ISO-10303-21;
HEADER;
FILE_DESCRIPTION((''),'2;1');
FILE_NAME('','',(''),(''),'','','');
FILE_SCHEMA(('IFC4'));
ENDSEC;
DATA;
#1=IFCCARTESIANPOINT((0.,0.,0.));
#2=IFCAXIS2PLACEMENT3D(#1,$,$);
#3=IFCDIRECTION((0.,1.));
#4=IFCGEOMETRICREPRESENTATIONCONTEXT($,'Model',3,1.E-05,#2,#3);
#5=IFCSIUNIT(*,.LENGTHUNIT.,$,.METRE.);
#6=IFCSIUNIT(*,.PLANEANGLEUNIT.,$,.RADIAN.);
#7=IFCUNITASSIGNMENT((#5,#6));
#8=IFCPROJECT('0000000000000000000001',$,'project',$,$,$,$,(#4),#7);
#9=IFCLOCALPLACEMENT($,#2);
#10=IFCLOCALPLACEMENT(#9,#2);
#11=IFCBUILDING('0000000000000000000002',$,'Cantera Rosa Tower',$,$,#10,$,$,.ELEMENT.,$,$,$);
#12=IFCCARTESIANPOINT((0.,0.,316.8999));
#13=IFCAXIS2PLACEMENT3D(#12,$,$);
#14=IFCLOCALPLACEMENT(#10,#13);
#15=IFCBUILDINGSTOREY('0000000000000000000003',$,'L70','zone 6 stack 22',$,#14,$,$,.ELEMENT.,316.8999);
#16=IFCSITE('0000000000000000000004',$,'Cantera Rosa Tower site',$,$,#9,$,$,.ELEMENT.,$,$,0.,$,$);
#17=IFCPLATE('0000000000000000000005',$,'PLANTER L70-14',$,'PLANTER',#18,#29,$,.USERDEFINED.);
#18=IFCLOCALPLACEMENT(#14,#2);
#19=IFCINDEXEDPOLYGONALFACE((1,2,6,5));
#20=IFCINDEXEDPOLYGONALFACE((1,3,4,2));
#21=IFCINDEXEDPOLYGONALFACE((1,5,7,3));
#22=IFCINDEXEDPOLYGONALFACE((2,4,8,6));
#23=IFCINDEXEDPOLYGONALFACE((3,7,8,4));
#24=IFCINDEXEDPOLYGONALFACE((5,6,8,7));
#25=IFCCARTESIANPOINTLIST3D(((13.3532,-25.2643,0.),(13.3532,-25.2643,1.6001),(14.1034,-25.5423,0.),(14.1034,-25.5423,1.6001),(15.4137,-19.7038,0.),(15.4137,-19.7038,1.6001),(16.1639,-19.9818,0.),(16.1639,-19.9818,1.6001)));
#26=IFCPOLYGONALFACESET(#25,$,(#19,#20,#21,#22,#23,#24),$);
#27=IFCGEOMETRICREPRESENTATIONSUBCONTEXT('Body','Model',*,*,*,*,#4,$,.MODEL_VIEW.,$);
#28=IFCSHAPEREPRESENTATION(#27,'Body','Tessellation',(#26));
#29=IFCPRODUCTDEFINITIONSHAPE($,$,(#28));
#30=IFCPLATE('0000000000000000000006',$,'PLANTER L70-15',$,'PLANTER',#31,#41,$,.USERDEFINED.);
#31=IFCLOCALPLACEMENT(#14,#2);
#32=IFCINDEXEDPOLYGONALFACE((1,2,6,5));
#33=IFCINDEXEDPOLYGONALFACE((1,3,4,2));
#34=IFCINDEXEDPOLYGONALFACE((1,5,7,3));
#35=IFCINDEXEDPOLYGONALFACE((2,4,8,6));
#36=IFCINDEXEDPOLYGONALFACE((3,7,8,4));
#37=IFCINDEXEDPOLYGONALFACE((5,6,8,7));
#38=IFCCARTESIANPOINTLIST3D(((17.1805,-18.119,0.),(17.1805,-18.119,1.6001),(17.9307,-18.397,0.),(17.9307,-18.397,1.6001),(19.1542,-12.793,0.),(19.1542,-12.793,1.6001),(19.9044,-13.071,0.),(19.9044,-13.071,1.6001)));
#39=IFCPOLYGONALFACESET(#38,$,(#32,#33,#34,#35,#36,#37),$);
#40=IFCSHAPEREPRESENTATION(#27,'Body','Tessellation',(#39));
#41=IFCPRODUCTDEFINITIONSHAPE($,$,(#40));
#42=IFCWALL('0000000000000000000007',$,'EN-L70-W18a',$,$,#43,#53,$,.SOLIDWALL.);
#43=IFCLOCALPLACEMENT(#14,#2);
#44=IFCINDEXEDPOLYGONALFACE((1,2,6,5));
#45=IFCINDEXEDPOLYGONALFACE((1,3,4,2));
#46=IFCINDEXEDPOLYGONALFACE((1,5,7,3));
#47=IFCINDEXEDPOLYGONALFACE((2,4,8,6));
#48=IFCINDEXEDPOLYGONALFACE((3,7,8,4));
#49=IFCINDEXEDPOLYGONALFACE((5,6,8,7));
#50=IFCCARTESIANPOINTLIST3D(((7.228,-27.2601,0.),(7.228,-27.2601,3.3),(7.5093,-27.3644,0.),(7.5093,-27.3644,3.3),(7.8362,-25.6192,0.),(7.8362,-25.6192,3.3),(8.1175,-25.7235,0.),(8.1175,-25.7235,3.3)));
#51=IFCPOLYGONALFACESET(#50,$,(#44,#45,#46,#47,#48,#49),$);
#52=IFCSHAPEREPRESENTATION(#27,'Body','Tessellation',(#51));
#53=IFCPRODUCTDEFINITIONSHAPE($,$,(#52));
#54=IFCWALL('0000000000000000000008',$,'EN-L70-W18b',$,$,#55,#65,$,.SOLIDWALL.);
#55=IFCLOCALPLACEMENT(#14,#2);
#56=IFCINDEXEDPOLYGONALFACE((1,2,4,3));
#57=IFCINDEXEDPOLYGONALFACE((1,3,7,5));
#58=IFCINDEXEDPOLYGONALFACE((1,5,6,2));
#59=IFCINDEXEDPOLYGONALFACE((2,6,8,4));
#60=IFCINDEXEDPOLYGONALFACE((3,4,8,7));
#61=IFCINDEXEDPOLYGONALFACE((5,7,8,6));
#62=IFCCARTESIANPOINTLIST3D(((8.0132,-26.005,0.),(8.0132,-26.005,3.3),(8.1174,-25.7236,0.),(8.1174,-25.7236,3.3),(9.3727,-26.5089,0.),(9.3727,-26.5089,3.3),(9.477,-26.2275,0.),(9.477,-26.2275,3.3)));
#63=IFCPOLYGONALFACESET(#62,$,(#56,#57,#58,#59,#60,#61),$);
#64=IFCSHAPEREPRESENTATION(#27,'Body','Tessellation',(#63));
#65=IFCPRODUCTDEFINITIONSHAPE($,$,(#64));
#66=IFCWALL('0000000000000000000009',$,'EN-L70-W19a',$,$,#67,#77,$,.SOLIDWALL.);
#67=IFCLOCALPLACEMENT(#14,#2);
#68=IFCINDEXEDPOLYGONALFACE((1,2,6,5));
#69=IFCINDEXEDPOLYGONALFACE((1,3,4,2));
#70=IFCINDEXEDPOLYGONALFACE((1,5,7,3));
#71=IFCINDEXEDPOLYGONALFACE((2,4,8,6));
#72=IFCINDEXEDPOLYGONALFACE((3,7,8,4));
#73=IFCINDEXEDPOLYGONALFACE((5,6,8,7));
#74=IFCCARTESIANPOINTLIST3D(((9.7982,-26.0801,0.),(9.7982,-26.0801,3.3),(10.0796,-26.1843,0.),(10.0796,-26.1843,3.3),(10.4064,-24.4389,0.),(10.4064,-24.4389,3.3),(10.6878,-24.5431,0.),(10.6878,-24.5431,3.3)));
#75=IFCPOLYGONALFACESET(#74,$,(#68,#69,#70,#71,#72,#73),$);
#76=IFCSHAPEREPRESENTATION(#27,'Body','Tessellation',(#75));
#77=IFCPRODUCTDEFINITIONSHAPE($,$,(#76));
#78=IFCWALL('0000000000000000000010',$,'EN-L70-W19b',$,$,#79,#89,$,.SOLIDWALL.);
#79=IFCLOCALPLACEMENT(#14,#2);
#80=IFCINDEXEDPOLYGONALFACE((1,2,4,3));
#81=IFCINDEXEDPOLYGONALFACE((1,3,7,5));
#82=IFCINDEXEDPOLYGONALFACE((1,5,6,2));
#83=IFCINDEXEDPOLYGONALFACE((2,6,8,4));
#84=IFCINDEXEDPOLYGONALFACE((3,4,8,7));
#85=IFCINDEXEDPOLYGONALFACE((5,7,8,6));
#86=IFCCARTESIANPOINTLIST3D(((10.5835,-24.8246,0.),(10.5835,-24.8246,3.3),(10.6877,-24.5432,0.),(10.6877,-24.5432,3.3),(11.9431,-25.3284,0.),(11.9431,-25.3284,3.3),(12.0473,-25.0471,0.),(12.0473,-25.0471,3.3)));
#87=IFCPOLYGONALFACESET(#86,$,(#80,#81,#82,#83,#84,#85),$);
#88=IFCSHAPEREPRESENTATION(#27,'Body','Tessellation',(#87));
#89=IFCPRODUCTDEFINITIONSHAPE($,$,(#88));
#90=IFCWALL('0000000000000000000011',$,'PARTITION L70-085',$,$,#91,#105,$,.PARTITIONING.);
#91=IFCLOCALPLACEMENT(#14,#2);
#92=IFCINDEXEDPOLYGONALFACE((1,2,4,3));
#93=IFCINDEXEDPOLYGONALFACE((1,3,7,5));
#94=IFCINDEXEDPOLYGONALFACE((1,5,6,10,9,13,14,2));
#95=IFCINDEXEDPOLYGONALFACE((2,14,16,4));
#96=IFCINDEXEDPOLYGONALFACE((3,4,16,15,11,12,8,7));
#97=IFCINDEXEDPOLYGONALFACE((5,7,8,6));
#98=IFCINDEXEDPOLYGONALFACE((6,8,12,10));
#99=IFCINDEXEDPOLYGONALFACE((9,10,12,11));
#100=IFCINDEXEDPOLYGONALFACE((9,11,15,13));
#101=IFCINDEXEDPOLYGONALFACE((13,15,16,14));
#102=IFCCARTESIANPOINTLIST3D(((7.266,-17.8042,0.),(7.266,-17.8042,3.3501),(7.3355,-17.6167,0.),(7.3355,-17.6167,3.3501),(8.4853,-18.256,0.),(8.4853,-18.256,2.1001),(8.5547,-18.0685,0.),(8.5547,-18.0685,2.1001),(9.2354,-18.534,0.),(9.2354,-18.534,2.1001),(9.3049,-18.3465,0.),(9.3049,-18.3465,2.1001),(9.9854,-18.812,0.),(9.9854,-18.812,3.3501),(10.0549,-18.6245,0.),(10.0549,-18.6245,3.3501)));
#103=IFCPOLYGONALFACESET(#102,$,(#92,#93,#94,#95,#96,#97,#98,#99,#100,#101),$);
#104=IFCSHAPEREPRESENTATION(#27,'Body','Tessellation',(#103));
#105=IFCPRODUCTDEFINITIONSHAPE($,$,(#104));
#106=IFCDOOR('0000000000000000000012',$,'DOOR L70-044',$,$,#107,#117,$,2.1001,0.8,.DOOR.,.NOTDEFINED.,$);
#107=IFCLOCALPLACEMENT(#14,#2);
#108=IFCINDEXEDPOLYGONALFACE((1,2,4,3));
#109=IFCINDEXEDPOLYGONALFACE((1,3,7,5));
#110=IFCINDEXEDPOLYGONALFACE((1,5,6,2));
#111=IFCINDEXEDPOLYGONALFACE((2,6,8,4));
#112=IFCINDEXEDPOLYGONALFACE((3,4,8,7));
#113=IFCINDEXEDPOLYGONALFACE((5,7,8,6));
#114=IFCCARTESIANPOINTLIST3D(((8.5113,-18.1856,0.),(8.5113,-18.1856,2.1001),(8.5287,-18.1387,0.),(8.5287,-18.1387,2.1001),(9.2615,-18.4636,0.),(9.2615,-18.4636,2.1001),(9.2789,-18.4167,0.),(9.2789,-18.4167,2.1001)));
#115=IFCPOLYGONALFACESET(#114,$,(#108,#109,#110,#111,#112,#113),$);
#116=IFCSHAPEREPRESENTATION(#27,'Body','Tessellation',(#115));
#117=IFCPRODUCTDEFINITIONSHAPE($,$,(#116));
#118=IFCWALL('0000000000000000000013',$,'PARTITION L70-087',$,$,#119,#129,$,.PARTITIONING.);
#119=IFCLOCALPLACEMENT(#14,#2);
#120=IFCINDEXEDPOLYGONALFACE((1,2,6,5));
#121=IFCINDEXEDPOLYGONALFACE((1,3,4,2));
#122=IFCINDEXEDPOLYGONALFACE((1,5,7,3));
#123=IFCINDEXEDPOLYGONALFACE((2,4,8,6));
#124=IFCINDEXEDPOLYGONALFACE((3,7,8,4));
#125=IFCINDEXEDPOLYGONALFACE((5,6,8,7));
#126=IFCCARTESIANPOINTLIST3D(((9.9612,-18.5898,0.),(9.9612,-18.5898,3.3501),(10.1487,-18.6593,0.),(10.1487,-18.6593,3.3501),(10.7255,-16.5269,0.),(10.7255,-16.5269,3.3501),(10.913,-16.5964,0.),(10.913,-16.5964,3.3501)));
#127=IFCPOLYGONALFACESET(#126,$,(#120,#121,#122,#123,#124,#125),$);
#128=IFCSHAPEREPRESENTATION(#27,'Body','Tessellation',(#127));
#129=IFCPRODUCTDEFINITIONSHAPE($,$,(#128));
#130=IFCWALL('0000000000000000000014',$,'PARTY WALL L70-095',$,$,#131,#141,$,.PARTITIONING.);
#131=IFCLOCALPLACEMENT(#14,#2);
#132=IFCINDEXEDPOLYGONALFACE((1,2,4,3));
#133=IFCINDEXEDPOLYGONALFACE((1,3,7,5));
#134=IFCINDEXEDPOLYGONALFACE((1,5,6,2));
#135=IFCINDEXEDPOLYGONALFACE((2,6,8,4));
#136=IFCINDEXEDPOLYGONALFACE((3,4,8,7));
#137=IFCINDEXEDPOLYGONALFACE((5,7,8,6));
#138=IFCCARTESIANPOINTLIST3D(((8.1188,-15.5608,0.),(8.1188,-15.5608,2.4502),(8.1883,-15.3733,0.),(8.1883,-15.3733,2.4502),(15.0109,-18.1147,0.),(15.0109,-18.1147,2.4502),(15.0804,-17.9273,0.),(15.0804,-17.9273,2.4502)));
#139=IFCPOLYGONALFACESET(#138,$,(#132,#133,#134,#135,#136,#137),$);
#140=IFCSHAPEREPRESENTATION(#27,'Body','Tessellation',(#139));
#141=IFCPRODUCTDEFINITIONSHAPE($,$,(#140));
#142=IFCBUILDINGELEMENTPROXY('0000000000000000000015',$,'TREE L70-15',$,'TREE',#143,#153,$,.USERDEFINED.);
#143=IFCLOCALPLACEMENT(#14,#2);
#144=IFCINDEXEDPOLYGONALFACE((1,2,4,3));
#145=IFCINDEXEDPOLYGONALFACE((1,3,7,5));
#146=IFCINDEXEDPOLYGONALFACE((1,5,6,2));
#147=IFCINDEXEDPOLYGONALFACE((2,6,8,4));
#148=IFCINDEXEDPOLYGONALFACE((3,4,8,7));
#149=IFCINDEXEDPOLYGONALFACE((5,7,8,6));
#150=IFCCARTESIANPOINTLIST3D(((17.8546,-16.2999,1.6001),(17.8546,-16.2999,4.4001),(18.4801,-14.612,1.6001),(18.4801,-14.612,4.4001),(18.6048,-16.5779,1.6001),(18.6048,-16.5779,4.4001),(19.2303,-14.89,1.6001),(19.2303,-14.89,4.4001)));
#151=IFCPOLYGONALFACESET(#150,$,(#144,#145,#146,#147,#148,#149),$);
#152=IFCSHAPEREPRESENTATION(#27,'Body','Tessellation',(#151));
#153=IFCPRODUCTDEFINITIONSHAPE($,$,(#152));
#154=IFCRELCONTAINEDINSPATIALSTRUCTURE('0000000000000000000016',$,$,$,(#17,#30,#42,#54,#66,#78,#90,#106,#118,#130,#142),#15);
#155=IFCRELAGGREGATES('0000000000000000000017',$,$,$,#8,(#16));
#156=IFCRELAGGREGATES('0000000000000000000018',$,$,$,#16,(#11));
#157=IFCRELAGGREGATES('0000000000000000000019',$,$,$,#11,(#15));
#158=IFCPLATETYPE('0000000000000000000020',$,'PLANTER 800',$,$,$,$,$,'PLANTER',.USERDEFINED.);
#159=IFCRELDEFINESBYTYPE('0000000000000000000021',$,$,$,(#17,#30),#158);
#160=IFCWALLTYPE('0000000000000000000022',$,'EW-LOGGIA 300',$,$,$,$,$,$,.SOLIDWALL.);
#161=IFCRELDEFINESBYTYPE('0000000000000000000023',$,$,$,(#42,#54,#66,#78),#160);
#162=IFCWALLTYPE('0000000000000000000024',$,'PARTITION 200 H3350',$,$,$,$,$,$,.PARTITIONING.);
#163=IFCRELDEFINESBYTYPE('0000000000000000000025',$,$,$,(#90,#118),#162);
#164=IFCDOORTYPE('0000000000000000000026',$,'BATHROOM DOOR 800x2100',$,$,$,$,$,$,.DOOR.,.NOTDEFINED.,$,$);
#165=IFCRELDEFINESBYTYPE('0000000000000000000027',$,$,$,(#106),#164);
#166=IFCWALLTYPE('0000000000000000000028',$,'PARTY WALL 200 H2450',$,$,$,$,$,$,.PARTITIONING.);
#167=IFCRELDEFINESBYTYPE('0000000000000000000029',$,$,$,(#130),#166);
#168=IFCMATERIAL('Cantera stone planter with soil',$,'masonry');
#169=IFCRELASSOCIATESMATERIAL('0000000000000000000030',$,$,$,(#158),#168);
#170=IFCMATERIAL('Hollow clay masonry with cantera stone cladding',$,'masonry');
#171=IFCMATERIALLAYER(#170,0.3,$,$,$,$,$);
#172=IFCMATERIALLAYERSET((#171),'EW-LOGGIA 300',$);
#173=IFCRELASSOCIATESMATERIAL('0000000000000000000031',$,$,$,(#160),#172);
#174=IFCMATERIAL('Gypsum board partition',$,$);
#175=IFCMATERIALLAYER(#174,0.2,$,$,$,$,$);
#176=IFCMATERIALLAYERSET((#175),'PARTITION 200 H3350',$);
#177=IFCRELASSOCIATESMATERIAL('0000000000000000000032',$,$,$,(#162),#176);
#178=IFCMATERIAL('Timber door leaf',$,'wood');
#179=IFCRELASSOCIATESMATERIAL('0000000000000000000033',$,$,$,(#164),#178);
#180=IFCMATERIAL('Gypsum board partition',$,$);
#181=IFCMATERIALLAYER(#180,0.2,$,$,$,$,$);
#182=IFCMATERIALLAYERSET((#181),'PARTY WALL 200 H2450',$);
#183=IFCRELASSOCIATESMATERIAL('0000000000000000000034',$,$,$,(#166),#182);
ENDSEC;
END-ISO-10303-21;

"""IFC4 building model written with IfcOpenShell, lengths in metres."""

from ifc_helpers import new_model, si_unit, direction, frame, frame_2d, origin, origin_2d, place, context, subcontext, project, spatial, rectangle, extrude, material, layer, layer_set, type_object, element, fill, save


model = new_model("IFC4")

# Units and contexts
model_context = context("Model", 3, precision=1e-05, world=origin(), true_north=direction((0.0, 1.0)))
body_context = subcontext(model_context, "Body", "Model", "MODEL_VIEW")
ifc_project = project(units=[si_unit("LENGTHUNIT", "METRE"), si_unit("PLANEANGLEUNIT", "RADIAN")], contexts=[model_context])

# Site, building, storey
site_placement = place(None, origin())
site = spatial("IfcSite", under=ifc_project, at=site_placement, Name="Cantera Rosa Tower site", CompositionType="ELEMENT", RefElevation=0.0)
building_placement = place(site_placement, origin())
building = spatial("IfcBuilding", under=site, at=building_placement, Name="Cantera Rosa Tower", CompositionType="ELEMENT")
storey_placement = place(building_placement, frame((0.0, 0.0, 316.8999)))
storey = spatial("IfcBuildingStorey", under=building, at=storey_placement, Name="L70", Description="zone 6 stack 22", CompositionType="ELEMENT", Elevation=316.8999)

# Plates
ifc_material_1 = material(Name="Cantera stone planter with soil", Category="masonry")
plate_type = type_object("IfcPlateType", Name="PLANTER 800", ElementType="PLANTER", PredefinedType="USERDEFINED", material=ifc_material_1)
plate_1_placement = place(storey_placement, frame((14.7585, -22.623, 0.0), z_axis=(0.0, 0.0, 1.0), x_axis=(0.347481, 0.937687, 0.0)))
element("IfcPlate", 1, at=plate_1_placement, inside=storey, type_object=plate_type, Name="PLANTER L70-14", ObjectType="PLANTER", PredefinedType="USERDEFINED", context=body_context, shape_type="SweptSolid", body=[
    extrude(rectangle(XDim=5.9299, YDim=0.8, at=origin_2d()), origin(), (0.0, 0.0, 1.0), 1.6001),
])
plate_2_placement = place(storey_placement, frame((18.5425, -15.595, 0.0), z_axis=(0.0, 0.0, 1.0), x_axis=(0.347481, 0.937687, 0.0)))
element("IfcPlate", 2, at=plate_2_placement, inside=storey, type_object=plate_type, Name="PLANTER L70-15", ObjectType="PLANTER", PredefinedType="USERDEFINED", context=body_context, shape_type="SweptSolid", body=[
    extrude(rectangle(XDim=5.6799, YDim=0.8, at=origin_2d()), origin(), (0.0, 0.0, 1.0), 1.6001),
])

# Walls
ifc_material_2 = material(Name="Hollow clay masonry with cantera stone cladding", Category="masonry")
ifc_layer_1 = layer(ifc_material_2, 0.3)
ifc_layer_set_1 = layer_set([ifc_layer_1], Name="EW-LOGGIA 300")
wall_type_1 = type_object("IfcWallType", Name="EW-LOGGIA 300", PredefinedType="SOLIDWALL", material=ifc_layer_set_1)
wall_1_placement = place(storey_placement, frame((7.3687, -27.3123, 0.0), z_axis=(0.0, 0.0, 1.0), x_axis=(0.347528, 0.93767, 0.0)))
element("IfcWall", 3, at=wall_1_placement, inside=storey, type_object=wall_type_1, Name="EN-L70-W18a", PredefinedType="SOLIDWALL", context=body_context, shape_type="SweptSolid", body=[
    extrude(rectangle(XDim=1.75, YDim=0.3, at=frame_2d((0.875, 0.0))), origin(), (0.0, 0.0, 1.0), 3.3),
])
wall_2_placement = place(storey_placement, frame((8.0652, -25.8643, 0.0), z_axis=(0.0, 0.0, 1.0), x_axis=(0.937672, -0.347523, 0.0)))
element("IfcWall", 4, at=wall_2_placement, inside=storey, type_object=wall_type_1, Name="EN-L70-W18b", PredefinedType="SOLIDWALL", context=body_context, shape_type="SweptSolid", body=[
    extrude(rectangle(XDim=1.45, YDim=0.3, at=frame_2d((0.7251, 0.0))), origin(), (0.0, 0.0, 1.0), 3.3),
])
wall_3_placement = place(storey_placement, frame((9.939, -26.1321, 0.0), z_axis=(0.0, 0.0, 1.0), x_axis=(0.347482, 0.937686, 0.0)))
element("IfcWall", 5, at=wall_3_placement, inside=storey, type_object=wall_type_1, Name="EN-L70-W19a", PredefinedType="SOLIDWALL", context=body_context, shape_type="SweptSolid", body=[
    extrude(rectangle(XDim=1.7502, YDim=0.3, at=frame_2d((0.875, 0.0))), origin(), (0.0, 0.0, 1.0), 3.3),
])
wall_4_placement = place(storey_placement, frame((10.6355, -24.6838, 0.0), z_axis=(0.0, 0.0, 1.0), x_axis=(0.937672, -0.347523, 0.0)))
element("IfcWall", 6, at=wall_4_placement, inside=storey, type_object=wall_type_1, Name="EN-L70-W19b", PredefinedType="SOLIDWALL", context=body_context, shape_type="SweptSolid", body=[
    extrude(rectangle(XDim=1.45, YDim=0.3, at=frame_2d((0.7251, 0.0))), origin(), (0.0, 0.0, 1.0), 3.3),
])

# Wall, opening, door
ifc_material_3 = material(Name="Gypsum board partition")
ifc_layer_2 = layer(ifc_material_3, 0.2)
ifc_layer_set_2 = layer_set([ifc_layer_2], Name="PARTITION 200 H3350")
wall_type_2 = type_object("IfcWallType", Name="PARTITION 200 H3350", PredefinedType="PARTITIONING", material=ifc_layer_set_2)
wall_5_placement = place(storey_placement, frame((10.0203, -18.7183, 0.0), z_axis=(0.0, 0.0, 1.0), x_axis=(-0.937682, 0.347495, 0.0)))
wall_5 = element("IfcWall", 7, at=wall_5_placement, inside=storey, type_object=wall_type_2, Name="PARTITION L70-085", PredefinedType="PARTITIONING", context=body_context, shape_type="SweptSolid", body=[
    extrude(rectangle(XDim=2.9001, YDim=0.2, at=frame_2d((1.4502, 0.0))), origin(), (0.0, 0.0, 1.0), 3.3501),
])
opening_1_placement = place(wall_5_placement, frame((0.8, 0.0, 0.0)))
opening_1 = element("IfcOpeningElement", 8, at=opening_1_placement, cuts=wall_5, PredefinedType="OPENING", context=body_context, shape_type="SweptSolid", body=[
    extrude(rectangle(XDim=0.8, YDim=2.1001, at=frame_2d((0.3999, 1.05))), frame((0.0, 0.1099, 0.0), z_axis=(0.0, -1.0, 0.0), x_axis=(1.0, 0.0, 0.0)), (0.0, 0.0, 1.0), 0.22),
])
ifc_material_4 = material(Name="Timber door leaf", Category="wood")
door_type_1 = type_object("IfcDoorType", Name="BATHROOM DOOR 800x2100", OperationType="NOTDEFINED", PredefinedType="DOOR", material=ifc_material_4)
door_1_placement = place(opening_1_placement, origin())
door_1 = element("IfcDoor", 9, at=door_1_placement, inside=storey, type_object=door_type_1, Name="DOOR L70-044", OperationType="NOTDEFINED", OverallHeight=2.1001, OverallWidth=0.8, PredefinedType="DOOR", context=body_context, shape_type="SweptSolid", body=[
    extrude(rectangle(XDim=0.8, YDim=2.1001, at=frame_2d((0.3999, 1.05))), frame((0.0, 0.0249, 0.0), z_axis=(0.0, -1.0, 0.0), x_axis=(1.0, 0.0, 0.0)), (0.0, 0.0, 1.0), 0.05),
])
fill(opening_1, door_1)

# Walls
wall_6_placement = place(storey_placement, frame((10.8193, -16.5615, 0.0), z_axis=(0.0, 0.0, 1.0), x_axis=(-0.347448, -0.937699, 0.0)))
element("IfcWall", 10, at=wall_6_placement, inside=storey, type_object=wall_type_2, Name="PARTITION L70-087", PredefinedType="PARTITIONING", context=body_context, shape_type="SweptSolid", body=[
    extrude(rectangle(XDim=2.2, YDim=0.2, at=frame_2d((1.1001, 0.0))), origin(), (0.0, 0.0, 1.0), 3.3501),
])
ifc_material_5 = material(Name="Gypsum board partition")
ifc_layer_3 = layer(ifc_material_5, 0.2)
ifc_layer_set_3 = layer_set([ifc_layer_3], Name="PARTY WALL 200 H2450")
wall_type_3 = type_object("IfcWallType", Name="PARTY WALL 200 H2450", PredefinedType="PARTITIONING", material=ifc_layer_set_3)
wall_7_placement = place(storey_placement, frame((15.0457, -18.021, 0.0), z_axis=(0.0, 0.0, 1.0), x_axis=(-0.93769, 0.347473, 0.0)))
element("IfcWall", 11, at=wall_7_placement, inside=storey, type_object=wall_type_3, Name="PARTY WALL L70-095", PredefinedType="PARTITIONING", context=body_context, shape_type="SweptSolid", body=[
    extrude(rectangle(XDim=7.3501, YDim=0.2, at=frame_2d((3.675, 0.0))), origin(), (0.0, 0.0, 1.0), 2.4502),
])

# Building element proxy
proxy_placement = place(storey_placement, frame((18.5425, -15.595, 1.6001), z_axis=(0.0, 0.0, 1.0), x_axis=(0.347481, 0.937687, 0.0)))
element("IfcBuildingElementProxy", 12, at=proxy_placement, inside=storey, Name="TREE L70-15", ObjectType="TREE", PredefinedType="USERDEFINED", context=body_context, shape_type="SweptSolid", body=[
    extrude(rectangle(XDim=1.8, YDim=0.8, at=origin_2d()), origin(), (0.0, 0.0, 1.0), 2.8),
])

save(model, "model.ifc")
